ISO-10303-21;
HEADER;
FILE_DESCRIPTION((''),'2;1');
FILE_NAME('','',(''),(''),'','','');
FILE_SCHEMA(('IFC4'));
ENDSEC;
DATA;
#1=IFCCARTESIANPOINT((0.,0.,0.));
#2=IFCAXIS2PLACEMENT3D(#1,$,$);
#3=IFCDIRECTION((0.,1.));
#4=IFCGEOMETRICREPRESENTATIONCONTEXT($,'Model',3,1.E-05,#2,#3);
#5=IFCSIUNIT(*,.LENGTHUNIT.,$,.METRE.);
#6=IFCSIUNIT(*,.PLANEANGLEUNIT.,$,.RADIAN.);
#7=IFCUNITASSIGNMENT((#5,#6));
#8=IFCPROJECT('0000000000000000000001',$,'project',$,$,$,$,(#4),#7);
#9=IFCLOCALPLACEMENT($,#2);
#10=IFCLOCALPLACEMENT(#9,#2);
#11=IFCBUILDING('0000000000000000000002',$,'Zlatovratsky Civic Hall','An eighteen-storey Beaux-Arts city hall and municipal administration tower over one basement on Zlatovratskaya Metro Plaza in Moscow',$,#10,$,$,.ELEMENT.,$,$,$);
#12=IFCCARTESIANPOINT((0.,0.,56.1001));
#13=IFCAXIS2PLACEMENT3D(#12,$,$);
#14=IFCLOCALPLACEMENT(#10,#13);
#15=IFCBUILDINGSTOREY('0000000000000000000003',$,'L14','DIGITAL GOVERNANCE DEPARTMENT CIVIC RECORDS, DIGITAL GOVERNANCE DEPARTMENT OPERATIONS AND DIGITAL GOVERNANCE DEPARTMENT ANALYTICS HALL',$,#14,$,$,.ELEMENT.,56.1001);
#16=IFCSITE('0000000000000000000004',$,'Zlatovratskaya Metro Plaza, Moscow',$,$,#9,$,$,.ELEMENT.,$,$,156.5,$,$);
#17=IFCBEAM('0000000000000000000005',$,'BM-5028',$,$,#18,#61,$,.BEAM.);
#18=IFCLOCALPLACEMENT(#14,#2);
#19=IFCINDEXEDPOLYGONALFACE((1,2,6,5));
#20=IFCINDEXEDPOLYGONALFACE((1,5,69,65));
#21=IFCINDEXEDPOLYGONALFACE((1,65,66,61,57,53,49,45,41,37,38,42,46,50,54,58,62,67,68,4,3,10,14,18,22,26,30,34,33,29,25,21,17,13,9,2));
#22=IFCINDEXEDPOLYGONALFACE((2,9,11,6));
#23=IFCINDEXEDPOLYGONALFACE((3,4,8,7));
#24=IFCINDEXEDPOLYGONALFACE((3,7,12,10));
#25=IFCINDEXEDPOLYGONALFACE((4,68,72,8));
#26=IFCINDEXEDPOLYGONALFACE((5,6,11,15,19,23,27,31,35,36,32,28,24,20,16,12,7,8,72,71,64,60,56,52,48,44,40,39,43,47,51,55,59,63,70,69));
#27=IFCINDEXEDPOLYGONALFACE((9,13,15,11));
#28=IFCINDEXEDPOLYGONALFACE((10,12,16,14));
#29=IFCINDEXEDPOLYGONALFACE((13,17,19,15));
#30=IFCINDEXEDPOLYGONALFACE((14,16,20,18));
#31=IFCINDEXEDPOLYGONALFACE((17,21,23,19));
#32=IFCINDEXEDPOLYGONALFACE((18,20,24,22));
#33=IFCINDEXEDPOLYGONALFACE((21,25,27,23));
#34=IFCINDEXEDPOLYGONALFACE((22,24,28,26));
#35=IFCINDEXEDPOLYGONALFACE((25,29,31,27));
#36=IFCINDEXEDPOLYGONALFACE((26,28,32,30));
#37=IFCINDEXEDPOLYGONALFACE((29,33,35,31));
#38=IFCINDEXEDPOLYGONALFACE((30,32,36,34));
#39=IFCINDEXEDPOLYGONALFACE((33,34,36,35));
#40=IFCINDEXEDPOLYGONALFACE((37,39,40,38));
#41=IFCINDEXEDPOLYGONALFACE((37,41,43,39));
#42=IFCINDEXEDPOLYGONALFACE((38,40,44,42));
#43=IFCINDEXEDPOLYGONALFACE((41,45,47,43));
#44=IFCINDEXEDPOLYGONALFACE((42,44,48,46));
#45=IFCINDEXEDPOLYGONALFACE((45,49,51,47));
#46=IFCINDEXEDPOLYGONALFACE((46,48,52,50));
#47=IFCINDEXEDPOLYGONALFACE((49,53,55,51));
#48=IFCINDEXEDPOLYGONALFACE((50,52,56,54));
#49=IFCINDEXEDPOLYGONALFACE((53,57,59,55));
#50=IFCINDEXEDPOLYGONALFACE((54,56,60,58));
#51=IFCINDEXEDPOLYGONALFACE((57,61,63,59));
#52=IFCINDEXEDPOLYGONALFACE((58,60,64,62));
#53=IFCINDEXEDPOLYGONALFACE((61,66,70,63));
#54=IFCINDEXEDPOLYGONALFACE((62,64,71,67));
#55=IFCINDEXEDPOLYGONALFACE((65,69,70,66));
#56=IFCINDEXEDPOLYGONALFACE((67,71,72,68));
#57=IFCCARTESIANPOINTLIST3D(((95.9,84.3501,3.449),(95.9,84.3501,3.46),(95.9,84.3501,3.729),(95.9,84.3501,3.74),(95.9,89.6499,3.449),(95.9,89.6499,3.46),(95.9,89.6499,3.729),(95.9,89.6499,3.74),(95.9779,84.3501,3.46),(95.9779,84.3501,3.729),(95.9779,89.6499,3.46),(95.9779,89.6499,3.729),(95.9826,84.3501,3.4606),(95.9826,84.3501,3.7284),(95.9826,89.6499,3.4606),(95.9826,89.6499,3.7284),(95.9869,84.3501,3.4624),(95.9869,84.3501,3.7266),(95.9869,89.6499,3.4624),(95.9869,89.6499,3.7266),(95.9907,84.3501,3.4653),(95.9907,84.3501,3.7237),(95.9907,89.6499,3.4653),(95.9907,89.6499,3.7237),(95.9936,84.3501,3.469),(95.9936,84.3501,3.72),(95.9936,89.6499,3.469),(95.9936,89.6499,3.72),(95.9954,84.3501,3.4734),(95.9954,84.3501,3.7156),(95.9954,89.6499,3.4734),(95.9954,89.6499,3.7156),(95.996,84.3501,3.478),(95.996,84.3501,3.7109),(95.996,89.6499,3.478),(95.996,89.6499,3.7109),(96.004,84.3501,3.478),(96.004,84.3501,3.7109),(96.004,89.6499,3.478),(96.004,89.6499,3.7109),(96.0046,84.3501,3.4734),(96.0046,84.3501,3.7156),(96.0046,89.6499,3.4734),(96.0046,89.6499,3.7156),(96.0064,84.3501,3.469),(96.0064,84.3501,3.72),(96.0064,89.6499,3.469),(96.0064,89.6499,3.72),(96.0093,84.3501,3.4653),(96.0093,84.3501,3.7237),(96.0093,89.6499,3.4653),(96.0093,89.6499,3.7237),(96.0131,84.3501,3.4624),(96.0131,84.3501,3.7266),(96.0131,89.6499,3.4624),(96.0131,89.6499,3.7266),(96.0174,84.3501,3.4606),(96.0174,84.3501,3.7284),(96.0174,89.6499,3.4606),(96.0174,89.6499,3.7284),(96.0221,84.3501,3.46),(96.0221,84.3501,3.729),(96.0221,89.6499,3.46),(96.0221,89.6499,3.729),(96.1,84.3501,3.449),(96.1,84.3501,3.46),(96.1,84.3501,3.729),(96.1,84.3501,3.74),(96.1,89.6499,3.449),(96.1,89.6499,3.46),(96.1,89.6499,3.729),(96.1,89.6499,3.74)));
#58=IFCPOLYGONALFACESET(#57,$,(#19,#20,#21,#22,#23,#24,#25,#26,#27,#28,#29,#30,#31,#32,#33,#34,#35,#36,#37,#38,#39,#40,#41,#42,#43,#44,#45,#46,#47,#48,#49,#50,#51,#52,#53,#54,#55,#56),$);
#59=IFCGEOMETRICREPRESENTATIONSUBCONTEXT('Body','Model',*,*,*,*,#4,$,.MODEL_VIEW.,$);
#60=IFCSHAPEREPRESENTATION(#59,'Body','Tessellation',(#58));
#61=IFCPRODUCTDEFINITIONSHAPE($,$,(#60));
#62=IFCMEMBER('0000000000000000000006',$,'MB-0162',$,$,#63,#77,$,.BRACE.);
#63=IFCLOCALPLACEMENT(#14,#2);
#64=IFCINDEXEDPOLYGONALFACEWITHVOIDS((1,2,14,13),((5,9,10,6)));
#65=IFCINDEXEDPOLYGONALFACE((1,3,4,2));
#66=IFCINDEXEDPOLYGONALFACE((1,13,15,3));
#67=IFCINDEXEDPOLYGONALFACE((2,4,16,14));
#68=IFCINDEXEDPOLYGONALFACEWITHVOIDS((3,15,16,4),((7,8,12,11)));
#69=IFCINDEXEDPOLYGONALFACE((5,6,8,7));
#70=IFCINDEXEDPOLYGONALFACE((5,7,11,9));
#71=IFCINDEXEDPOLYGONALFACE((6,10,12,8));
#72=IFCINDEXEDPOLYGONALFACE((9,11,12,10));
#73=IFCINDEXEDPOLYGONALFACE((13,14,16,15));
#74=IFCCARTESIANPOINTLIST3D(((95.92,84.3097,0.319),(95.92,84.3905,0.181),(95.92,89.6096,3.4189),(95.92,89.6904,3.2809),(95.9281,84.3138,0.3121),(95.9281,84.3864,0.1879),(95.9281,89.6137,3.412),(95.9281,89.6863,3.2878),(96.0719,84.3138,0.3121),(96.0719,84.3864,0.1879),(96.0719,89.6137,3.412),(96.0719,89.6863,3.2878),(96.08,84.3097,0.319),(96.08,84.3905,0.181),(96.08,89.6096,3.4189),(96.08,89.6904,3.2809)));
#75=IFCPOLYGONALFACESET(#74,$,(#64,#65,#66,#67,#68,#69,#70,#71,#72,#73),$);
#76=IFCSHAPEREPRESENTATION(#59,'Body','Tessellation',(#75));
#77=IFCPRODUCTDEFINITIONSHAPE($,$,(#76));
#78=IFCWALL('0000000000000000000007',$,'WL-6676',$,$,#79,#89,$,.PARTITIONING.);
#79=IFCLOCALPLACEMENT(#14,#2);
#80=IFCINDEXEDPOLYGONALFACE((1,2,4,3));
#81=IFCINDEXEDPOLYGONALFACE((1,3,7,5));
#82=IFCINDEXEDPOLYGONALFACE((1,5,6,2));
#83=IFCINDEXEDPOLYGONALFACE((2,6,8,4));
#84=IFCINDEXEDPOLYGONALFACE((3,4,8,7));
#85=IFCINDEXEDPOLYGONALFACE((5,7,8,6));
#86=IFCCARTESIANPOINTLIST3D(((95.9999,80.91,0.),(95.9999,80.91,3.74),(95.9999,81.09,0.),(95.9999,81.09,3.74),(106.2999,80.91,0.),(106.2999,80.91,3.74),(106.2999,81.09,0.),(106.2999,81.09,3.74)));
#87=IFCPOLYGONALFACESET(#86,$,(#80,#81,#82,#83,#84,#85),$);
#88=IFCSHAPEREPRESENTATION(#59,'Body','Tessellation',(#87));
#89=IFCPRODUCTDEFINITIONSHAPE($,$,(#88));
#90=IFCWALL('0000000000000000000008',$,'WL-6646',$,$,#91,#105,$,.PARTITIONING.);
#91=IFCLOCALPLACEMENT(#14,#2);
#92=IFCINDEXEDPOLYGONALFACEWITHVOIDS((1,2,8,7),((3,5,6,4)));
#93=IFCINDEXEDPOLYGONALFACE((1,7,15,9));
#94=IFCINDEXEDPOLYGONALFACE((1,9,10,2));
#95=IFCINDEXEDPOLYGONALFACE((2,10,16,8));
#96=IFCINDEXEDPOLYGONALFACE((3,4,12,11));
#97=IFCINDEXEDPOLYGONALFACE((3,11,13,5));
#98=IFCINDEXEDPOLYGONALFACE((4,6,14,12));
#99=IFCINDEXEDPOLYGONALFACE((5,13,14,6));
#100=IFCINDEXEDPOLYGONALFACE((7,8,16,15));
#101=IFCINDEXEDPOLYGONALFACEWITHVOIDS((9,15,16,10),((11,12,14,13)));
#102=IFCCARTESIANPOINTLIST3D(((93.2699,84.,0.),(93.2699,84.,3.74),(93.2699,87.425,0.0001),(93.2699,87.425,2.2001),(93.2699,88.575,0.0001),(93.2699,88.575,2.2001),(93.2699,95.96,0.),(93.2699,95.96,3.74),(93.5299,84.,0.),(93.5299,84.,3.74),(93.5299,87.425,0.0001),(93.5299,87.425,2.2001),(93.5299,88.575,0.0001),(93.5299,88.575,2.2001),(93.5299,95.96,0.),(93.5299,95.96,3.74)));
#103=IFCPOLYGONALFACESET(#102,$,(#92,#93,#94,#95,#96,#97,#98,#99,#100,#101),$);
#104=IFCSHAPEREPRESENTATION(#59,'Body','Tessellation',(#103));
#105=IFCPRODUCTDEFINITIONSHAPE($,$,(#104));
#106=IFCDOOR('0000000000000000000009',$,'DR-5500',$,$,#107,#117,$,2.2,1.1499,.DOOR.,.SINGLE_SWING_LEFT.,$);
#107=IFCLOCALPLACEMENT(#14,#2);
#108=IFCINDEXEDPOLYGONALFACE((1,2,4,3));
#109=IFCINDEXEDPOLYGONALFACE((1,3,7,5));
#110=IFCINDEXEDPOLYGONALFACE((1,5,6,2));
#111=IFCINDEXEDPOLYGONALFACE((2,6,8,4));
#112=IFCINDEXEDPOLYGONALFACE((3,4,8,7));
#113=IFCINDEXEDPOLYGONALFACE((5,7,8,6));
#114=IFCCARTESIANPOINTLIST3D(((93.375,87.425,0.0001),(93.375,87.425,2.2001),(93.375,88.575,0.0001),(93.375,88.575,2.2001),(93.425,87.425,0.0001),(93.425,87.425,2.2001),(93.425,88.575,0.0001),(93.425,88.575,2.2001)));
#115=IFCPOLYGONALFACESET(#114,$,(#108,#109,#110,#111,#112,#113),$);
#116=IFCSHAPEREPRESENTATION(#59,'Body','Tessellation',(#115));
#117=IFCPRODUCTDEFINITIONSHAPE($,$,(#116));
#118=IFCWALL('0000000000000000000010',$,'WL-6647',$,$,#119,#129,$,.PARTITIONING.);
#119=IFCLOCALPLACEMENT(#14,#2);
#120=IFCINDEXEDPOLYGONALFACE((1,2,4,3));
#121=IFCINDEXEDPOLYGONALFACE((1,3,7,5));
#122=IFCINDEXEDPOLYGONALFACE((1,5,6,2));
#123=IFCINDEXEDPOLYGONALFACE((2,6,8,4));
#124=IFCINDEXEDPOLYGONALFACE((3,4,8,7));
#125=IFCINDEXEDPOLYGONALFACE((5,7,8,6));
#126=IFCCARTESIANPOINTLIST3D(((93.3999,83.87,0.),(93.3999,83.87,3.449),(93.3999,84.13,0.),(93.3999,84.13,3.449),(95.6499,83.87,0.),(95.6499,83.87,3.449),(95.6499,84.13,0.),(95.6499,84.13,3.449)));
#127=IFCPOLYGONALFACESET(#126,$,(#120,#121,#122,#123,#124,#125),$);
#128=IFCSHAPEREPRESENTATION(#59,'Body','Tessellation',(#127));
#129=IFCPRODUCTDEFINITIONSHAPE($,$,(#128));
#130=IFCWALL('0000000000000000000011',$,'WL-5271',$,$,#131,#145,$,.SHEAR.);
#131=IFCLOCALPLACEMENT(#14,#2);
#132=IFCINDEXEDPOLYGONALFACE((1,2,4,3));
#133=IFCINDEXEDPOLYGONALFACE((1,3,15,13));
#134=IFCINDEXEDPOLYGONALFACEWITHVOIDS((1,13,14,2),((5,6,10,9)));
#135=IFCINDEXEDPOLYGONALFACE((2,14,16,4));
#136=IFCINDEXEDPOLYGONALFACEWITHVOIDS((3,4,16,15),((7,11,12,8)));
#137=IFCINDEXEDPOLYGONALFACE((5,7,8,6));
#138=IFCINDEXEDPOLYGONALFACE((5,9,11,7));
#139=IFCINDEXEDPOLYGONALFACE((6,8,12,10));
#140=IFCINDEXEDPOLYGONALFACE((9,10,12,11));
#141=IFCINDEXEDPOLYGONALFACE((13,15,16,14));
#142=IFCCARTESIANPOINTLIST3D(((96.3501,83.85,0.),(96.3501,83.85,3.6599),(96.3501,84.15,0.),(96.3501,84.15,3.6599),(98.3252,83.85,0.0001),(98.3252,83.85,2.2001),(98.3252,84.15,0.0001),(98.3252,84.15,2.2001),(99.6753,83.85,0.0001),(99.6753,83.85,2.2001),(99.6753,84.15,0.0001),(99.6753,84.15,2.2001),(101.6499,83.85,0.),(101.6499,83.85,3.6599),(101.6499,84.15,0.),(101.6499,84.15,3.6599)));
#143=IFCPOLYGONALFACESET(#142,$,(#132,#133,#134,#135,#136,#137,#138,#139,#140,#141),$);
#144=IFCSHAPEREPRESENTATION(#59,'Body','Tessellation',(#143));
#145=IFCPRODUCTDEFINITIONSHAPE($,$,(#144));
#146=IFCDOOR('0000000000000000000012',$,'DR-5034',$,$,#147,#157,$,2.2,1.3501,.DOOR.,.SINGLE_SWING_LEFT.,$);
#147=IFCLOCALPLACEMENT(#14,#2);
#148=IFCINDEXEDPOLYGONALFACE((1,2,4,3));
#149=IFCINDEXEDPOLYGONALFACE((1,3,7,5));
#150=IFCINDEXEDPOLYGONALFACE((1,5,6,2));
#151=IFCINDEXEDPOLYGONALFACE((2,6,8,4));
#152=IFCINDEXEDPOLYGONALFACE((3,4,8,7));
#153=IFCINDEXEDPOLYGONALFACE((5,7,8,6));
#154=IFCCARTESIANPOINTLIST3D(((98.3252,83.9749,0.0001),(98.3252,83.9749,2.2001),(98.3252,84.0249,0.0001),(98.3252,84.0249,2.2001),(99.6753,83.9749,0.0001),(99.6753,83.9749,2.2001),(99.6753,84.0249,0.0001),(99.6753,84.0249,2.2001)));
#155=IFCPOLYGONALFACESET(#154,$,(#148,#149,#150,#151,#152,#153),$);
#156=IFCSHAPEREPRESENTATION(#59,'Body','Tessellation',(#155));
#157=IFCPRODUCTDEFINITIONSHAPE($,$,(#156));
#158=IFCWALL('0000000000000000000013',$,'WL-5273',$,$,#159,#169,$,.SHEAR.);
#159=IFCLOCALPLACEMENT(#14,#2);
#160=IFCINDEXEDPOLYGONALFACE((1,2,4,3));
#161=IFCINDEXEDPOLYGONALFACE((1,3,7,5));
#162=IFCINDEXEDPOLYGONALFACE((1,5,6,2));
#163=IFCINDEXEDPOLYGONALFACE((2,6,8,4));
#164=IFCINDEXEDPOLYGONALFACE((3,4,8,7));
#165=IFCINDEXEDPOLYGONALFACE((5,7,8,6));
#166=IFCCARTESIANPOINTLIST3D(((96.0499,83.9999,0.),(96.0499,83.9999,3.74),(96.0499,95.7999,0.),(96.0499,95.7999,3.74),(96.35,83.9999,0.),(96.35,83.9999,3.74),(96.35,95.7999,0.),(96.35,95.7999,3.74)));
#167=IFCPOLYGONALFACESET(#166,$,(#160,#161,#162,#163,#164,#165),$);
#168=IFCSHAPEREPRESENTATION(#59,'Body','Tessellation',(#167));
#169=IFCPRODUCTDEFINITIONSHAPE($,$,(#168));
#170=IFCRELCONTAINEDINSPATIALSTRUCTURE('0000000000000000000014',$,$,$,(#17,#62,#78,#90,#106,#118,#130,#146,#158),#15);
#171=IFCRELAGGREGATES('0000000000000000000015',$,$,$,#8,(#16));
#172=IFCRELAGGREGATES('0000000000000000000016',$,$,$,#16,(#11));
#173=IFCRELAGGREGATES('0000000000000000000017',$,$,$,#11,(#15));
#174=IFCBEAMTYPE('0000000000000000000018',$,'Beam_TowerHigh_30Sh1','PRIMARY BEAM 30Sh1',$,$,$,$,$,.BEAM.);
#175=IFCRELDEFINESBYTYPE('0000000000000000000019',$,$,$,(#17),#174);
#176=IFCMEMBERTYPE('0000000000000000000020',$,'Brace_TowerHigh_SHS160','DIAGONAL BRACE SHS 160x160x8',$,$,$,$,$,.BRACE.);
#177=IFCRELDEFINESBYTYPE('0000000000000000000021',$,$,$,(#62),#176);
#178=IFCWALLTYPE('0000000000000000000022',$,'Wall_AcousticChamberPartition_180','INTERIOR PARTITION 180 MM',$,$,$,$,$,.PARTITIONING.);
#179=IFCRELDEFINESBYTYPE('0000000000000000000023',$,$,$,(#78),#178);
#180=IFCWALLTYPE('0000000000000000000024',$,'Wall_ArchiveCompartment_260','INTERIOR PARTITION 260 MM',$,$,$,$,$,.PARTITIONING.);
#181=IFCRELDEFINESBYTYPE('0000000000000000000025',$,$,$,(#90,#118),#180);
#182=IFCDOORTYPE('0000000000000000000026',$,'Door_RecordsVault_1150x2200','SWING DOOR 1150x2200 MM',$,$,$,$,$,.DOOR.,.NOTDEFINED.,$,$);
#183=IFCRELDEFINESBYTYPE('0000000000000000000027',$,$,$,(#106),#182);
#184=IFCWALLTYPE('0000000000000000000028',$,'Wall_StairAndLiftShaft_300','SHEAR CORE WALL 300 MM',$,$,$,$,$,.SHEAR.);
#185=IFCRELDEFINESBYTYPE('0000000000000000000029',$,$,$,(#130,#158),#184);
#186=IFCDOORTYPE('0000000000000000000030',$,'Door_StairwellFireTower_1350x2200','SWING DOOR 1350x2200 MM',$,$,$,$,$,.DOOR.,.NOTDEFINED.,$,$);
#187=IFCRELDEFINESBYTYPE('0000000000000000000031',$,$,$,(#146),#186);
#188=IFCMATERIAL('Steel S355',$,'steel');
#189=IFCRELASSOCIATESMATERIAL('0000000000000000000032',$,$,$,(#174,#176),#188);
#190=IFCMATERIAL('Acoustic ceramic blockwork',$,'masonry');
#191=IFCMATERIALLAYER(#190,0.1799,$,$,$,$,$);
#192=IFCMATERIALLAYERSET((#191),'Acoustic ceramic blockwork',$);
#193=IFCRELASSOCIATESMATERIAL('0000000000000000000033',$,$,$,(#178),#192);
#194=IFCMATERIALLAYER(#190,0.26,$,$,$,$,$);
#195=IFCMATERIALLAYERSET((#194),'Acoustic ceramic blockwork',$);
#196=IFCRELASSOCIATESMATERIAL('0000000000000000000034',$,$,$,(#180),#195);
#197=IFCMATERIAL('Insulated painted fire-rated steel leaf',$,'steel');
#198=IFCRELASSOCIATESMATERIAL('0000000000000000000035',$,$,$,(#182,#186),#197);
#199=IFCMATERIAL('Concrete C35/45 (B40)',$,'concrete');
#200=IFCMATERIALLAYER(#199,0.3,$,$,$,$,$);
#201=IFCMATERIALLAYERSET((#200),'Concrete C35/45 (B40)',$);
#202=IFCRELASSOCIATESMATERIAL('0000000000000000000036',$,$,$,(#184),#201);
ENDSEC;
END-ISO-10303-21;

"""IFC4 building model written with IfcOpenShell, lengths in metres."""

from ifc_helpers import new_model, si_unit, direction, frame, frame_2d, origin, origin_2d, place, context, subcontext, project, spatial, rectangle, hollow_rectangle, i_section, extrude, material, layer, layer_set, material_profile, profile_set, type_object, element, fill, save


model = new_model("IFC4")

# Units and contexts
model_context = context("Model", 3, precision=1e-05, world=origin(), true_north=direction((0.0, 1.0)))
body_context = subcontext(model_context, "Body", "Model", "MODEL_VIEW")
ifc_project = project(units=[si_unit("LENGTHUNIT", "METRE"), si_unit("PLANEANGLEUNIT", "RADIAN")], contexts=[model_context])

# Site, building, storey
site_placement = place(None, origin())
site = spatial("IfcSite", under=ifc_project, at=site_placement, Name="Zlatovratskaya Metro Plaza, Moscow", CompositionType="ELEMENT", RefElevation=156.5)
building_placement = place(site_placement, origin())
building = spatial("IfcBuilding", under=site, at=building_placement, Name="Zlatovratsky Civic Hall", Description="An eighteen-storey Beaux-Arts city hall and municipal administration tower over one basement on Zlatovratskaya Metro Plaza in Moscow", CompositionType="ELEMENT")
storey_placement = place(building_placement, frame((0.0, 0.0, 56.1001)))
storey = spatial("IfcBuildingStorey", under=building, at=storey_placement, Name="L14", Description="DIGITAL GOVERNANCE DEPARTMENT CIVIC RECORDS, DIGITAL GOVERNANCE DEPARTMENT OPERATIONS AND DIGITAL GOVERNANCE DEPARTMENT ANALYTICS HALL", CompositionType="ELEMENT", Elevation=56.1001)

# Shared definitions
ifc_material_1 = material(Name="Concrete C35/45 (B40)", Category="concrete")

# Beam
ifc_material_2 = material(Name="Steel S355", Category="steel")
ifc_material_profile_1 = material_profile(ifc_material_2, i_section(OverallWidth=0.2, OverallDepth=0.291, WebThickness=0.0081, FlangeThickness=0.011, FilletRadius=0.0181, at=origin_2d()), Name="30Sh1")
ifc_profile_set_1 = profile_set([ifc_material_profile_1], Name="Steel S355")
beam_type_1 = type_object("IfcBeamType", Name="Beam_TowerHigh_30Sh1", Description="PRIMARY BEAM 30Sh1", PredefinedType="BEAM", material=ifc_profile_set_1)
for number, where, z_axis, x_axis, name in (
    (1, (96.0, 84.3501, 3.5945), (0.0, 1.0, 0.0), (-1.0, 0.0, 0.0), "BM-5028"),
):
    element("IfcBeam", number, at=place(storey_placement, frame(where, z_axis=z_axis, x_axis=x_axis)), inside=storey, type_object=beam_type_1, Name=name, PredefinedType="BEAM", context=body_context, shape_type="SweptSolid", body=[
        extrude(i_section(OverallWidth=0.2, OverallDepth=0.291, WebThickness=0.0081, FlangeThickness=0.011, FilletRadius=0.0181, at=origin_2d()), origin(), (0.0, 0.0, 1.0), 5.2998),
    ])

# Member
ifc_material_profile_2 = material_profile(ifc_material_2, hollow_rectangle(XDim=0.1599, YDim=0.1599, WallThickness=0.0081, at=origin_2d()), Name="SHS 160x160x8")
ifc_profile_set_2 = profile_set([ifc_material_profile_2], Name="Steel S355")
member_type = type_object("IfcMemberType", Name="Brace_TowerHigh_SHS160", Description="DIAGONAL BRACE SHS 160x160x8", PredefinedType="BRACE", material=ifc_profile_set_2)
member_placement = place(storey_placement, frame((96.0, 84.3501, 0.25), z_axis=(0.0, 0.86319, 0.504879), x_axis=(-1.0, 0.0, 0.0)))
element("IfcMember", 2, at=member_placement, inside=storey, type_object=member_type, Name="MB-0162", PredefinedType="BRACE", context=body_context, shape_type="SweptSolid", body=[
    extrude(hollow_rectangle(XDim=0.1599, YDim=0.1599, WallThickness=0.0081, at=origin_2d()), origin(), (0.0, 0.0, 1.0), 6.1399),
])

# Wall
ifc_material_3 = material(Name="Acoustic ceramic blockwork", Category="masonry")
ifc_layer_1 = layer(ifc_material_3, 0.1799)
ifc_layer_set_1 = layer_set([ifc_layer_1], Name="Acoustic ceramic blockwork")
wall_type_1 = type_object("IfcWallType", Name="Wall_AcousticChamberPartition_180", Description="INTERIOR PARTITION 180 MM", PredefinedType="PARTITIONING", material=ifc_layer_set_1)
wall_1_placement = place(storey_placement, frame((96.0, 81.0, 0.0), z_axis=(0.0, 0.0, 1.0), x_axis=(1.0, 0.0, 0.0)))
element("IfcWall", 3, at=wall_1_placement, inside=storey, type_object=wall_type_1, Name="WL-6676", PredefinedType="PARTITIONING", context=body_context, shape_type="SweptSolid", body=[
    extrude(rectangle(XDim=10.3, YDim=0.1799, at=frame_2d((5.1499, 0.0))), origin(), (0.0, 0.0, 1.0), 3.74),
])

# Wall, opening, door
ifc_layer_2 = layer(ifc_material_3, 0.26)
ifc_layer_set_2 = layer_set([ifc_layer_2], Name="Acoustic ceramic blockwork")
wall_type_2 = type_object("IfcWallType", Name="Wall_ArchiveCompartment_260", Description="INTERIOR PARTITION 260 MM", PredefinedType="PARTITIONING", material=ifc_layer_set_2)
wall_2_placement = place(storey_placement, frame((93.3999, 84.0, 0.0), z_axis=(0.0, 0.0, 1.0), x_axis=(0.0, 1.0, 0.0)))
wall_2 = element("IfcWall", 4, at=wall_2_placement, inside=storey, type_object=wall_type_2, Name="WL-6646", PredefinedType="PARTITIONING", context=body_context, shape_type="SweptSolid", body=[
    extrude(rectangle(XDim=11.96, YDim=0.26, at=frame_2d((5.98, 0.0))), origin(), (0.0, 0.0, 1.0), 3.74),
])
opening_1_placement = place(wall_2_placement, frame((3.425, 0.0, 0.0)))
opening_1 = element("IfcOpeningElement", 5, at=opening_1_placement, cuts=wall_2, PredefinedType="OPENING", context=body_context, shape_type="SweptSolid", body=[
    extrude(rectangle(XDim=1.1499, YDim=2.2, at=frame_2d((0.575, 1.1001))), frame((0.0, 0.145, 0.0), z_axis=(0.0, -1.0, 0.0), x_axis=(1.0, 0.0, 0.0)), (0.0, 0.0, 1.0), 0.2898),
])
ifc_material_4 = material(Name="Insulated painted fire-rated steel leaf", Category="steel")
door_type_1 = type_object("IfcDoorType", Name="Door_RecordsVault_1150x2200", Description="SWING DOOR 1150x2200 MM", OperationType="NOTDEFINED", PredefinedType="DOOR", material=ifc_material_4)
door_1_placement = place(opening_1_placement, origin())
door_1 = element("IfcDoor", 6, at=door_1_placement, inside=storey, type_object=door_type_1, Name="DR-5500", OperationType="SINGLE_SWING_LEFT", OverallHeight=2.2, OverallWidth=1.1499, PredefinedType="DOOR", context=body_context, shape_type="SweptSolid", body=[
    extrude(rectangle(XDim=1.1499, YDim=2.2, at=frame_2d((0.575, 1.1001))), frame((0.0, 0.0249, 0.0), z_axis=(0.0, -1.0, 0.0), x_axis=(1.0, 0.0, 0.0)), (0.0, 0.0, 1.0), 0.05),
])
fill(opening_1, door_1)

# Wall
wall_3_placement = place(storey_placement, frame((93.3999, 84.0, 0.0), z_axis=(0.0, 0.0, 1.0), x_axis=(1.0, 0.0, 0.0)))
element("IfcWall", 7, at=wall_3_placement, inside=storey, type_object=wall_type_2, Name="WL-6647", PredefinedType="PARTITIONING", context=body_context, shape_type="SweptSolid", body=[
    extrude(rectangle(XDim=2.25, YDim=0.26, at=frame_2d((1.125, 0.0))), origin(), (0.0, 0.0, 1.0), 3.449),
])

# Wall, opening, door
ifc_layer_3 = layer(ifc_material_1, 0.3)
ifc_layer_set_3 = layer_set([ifc_layer_3], Name="Concrete C35/45 (B40)")
wall_type_3 = type_object("IfcWallType", Name="Wall_StairAndLiftShaft_300", Description="SHEAR CORE WALL 300 MM", PredefinedType="SHEAR", material=ifc_layer_set_3)
wall_4_placement = place(storey_placement, frame((96.3501, 84.0, 0.0), z_axis=(0.0, 0.0, 1.0), x_axis=(1.0, 0.0, 0.0)))
wall_4 = element("IfcWall", 8, at=wall_4_placement, inside=storey, type_object=wall_type_3, Name="WL-5271", PredefinedType="SHEAR", context=body_context, shape_type="SweptSolid", body=[
    extrude(rectangle(XDim=5.2998, YDim=0.3, at=frame_2d((2.6499, 0.0))), origin(), (0.0, 0.0, 1.0), 3.6599),
])
opening_2_placement = place(wall_4_placement, frame((1.9751, 0.0, 0.0)))
opening_2 = element("IfcOpeningElement", 9, at=opening_2_placement, cuts=wall_4, PredefinedType="OPENING", context=body_context, shape_type="SweptSolid", body=[
    extrude(rectangle(XDim=1.3501, YDim=2.2, at=frame_2d((0.675, 1.1001))), frame((0.0, 0.165, 0.0), z_axis=(0.0, -1.0, 0.0), x_axis=(1.0, 0.0, 0.0)), (0.0, 0.0, 1.0), 0.3298),
])
door_type_2 = type_object("IfcDoorType", Name="Door_StairwellFireTower_1350x2200", Description="SWING DOOR 1350x2200 MM", OperationType="NOTDEFINED", PredefinedType="DOOR", material=ifc_material_4)
door_2_placement = place(opening_2_placement, origin())
door_2 = element("IfcDoor", 10, at=door_2_placement, inside=storey, type_object=door_type_2, Name="DR-5034", OperationType="SINGLE_SWING_LEFT", OverallHeight=2.2, OverallWidth=1.3501, PredefinedType="DOOR", context=body_context, shape_type="SweptSolid", body=[
    extrude(rectangle(XDim=1.3501, YDim=2.2, at=frame_2d((0.675, 1.1001))), frame((0.0, 0.0249, 0.0), z_axis=(0.0, -1.0, 0.0), x_axis=(1.0, 0.0, 0.0)), (0.0, 0.0, 1.0), 0.05),
])
fill(opening_2, door_2)

# Wall
wall_5_placement = place(storey_placement, frame((96.2, 84.0, 0.0), z_axis=(0.0, 0.0, 1.0), x_axis=(0.0, 1.0, 0.0)))
element("IfcWall", 11, at=wall_5_placement, inside=storey, type_object=wall_type_3, Name="WL-5273", PredefinedType="SHEAR", context=body_context, shape_type="SweptSolid", body=[
    extrude(rectangle(XDim=11.8, YDim=0.3, at=frame_2d((5.8999, 0.0))), origin(), (0.0, 0.0, 1.0), 3.74),
])

save(model, "model.ifc")
